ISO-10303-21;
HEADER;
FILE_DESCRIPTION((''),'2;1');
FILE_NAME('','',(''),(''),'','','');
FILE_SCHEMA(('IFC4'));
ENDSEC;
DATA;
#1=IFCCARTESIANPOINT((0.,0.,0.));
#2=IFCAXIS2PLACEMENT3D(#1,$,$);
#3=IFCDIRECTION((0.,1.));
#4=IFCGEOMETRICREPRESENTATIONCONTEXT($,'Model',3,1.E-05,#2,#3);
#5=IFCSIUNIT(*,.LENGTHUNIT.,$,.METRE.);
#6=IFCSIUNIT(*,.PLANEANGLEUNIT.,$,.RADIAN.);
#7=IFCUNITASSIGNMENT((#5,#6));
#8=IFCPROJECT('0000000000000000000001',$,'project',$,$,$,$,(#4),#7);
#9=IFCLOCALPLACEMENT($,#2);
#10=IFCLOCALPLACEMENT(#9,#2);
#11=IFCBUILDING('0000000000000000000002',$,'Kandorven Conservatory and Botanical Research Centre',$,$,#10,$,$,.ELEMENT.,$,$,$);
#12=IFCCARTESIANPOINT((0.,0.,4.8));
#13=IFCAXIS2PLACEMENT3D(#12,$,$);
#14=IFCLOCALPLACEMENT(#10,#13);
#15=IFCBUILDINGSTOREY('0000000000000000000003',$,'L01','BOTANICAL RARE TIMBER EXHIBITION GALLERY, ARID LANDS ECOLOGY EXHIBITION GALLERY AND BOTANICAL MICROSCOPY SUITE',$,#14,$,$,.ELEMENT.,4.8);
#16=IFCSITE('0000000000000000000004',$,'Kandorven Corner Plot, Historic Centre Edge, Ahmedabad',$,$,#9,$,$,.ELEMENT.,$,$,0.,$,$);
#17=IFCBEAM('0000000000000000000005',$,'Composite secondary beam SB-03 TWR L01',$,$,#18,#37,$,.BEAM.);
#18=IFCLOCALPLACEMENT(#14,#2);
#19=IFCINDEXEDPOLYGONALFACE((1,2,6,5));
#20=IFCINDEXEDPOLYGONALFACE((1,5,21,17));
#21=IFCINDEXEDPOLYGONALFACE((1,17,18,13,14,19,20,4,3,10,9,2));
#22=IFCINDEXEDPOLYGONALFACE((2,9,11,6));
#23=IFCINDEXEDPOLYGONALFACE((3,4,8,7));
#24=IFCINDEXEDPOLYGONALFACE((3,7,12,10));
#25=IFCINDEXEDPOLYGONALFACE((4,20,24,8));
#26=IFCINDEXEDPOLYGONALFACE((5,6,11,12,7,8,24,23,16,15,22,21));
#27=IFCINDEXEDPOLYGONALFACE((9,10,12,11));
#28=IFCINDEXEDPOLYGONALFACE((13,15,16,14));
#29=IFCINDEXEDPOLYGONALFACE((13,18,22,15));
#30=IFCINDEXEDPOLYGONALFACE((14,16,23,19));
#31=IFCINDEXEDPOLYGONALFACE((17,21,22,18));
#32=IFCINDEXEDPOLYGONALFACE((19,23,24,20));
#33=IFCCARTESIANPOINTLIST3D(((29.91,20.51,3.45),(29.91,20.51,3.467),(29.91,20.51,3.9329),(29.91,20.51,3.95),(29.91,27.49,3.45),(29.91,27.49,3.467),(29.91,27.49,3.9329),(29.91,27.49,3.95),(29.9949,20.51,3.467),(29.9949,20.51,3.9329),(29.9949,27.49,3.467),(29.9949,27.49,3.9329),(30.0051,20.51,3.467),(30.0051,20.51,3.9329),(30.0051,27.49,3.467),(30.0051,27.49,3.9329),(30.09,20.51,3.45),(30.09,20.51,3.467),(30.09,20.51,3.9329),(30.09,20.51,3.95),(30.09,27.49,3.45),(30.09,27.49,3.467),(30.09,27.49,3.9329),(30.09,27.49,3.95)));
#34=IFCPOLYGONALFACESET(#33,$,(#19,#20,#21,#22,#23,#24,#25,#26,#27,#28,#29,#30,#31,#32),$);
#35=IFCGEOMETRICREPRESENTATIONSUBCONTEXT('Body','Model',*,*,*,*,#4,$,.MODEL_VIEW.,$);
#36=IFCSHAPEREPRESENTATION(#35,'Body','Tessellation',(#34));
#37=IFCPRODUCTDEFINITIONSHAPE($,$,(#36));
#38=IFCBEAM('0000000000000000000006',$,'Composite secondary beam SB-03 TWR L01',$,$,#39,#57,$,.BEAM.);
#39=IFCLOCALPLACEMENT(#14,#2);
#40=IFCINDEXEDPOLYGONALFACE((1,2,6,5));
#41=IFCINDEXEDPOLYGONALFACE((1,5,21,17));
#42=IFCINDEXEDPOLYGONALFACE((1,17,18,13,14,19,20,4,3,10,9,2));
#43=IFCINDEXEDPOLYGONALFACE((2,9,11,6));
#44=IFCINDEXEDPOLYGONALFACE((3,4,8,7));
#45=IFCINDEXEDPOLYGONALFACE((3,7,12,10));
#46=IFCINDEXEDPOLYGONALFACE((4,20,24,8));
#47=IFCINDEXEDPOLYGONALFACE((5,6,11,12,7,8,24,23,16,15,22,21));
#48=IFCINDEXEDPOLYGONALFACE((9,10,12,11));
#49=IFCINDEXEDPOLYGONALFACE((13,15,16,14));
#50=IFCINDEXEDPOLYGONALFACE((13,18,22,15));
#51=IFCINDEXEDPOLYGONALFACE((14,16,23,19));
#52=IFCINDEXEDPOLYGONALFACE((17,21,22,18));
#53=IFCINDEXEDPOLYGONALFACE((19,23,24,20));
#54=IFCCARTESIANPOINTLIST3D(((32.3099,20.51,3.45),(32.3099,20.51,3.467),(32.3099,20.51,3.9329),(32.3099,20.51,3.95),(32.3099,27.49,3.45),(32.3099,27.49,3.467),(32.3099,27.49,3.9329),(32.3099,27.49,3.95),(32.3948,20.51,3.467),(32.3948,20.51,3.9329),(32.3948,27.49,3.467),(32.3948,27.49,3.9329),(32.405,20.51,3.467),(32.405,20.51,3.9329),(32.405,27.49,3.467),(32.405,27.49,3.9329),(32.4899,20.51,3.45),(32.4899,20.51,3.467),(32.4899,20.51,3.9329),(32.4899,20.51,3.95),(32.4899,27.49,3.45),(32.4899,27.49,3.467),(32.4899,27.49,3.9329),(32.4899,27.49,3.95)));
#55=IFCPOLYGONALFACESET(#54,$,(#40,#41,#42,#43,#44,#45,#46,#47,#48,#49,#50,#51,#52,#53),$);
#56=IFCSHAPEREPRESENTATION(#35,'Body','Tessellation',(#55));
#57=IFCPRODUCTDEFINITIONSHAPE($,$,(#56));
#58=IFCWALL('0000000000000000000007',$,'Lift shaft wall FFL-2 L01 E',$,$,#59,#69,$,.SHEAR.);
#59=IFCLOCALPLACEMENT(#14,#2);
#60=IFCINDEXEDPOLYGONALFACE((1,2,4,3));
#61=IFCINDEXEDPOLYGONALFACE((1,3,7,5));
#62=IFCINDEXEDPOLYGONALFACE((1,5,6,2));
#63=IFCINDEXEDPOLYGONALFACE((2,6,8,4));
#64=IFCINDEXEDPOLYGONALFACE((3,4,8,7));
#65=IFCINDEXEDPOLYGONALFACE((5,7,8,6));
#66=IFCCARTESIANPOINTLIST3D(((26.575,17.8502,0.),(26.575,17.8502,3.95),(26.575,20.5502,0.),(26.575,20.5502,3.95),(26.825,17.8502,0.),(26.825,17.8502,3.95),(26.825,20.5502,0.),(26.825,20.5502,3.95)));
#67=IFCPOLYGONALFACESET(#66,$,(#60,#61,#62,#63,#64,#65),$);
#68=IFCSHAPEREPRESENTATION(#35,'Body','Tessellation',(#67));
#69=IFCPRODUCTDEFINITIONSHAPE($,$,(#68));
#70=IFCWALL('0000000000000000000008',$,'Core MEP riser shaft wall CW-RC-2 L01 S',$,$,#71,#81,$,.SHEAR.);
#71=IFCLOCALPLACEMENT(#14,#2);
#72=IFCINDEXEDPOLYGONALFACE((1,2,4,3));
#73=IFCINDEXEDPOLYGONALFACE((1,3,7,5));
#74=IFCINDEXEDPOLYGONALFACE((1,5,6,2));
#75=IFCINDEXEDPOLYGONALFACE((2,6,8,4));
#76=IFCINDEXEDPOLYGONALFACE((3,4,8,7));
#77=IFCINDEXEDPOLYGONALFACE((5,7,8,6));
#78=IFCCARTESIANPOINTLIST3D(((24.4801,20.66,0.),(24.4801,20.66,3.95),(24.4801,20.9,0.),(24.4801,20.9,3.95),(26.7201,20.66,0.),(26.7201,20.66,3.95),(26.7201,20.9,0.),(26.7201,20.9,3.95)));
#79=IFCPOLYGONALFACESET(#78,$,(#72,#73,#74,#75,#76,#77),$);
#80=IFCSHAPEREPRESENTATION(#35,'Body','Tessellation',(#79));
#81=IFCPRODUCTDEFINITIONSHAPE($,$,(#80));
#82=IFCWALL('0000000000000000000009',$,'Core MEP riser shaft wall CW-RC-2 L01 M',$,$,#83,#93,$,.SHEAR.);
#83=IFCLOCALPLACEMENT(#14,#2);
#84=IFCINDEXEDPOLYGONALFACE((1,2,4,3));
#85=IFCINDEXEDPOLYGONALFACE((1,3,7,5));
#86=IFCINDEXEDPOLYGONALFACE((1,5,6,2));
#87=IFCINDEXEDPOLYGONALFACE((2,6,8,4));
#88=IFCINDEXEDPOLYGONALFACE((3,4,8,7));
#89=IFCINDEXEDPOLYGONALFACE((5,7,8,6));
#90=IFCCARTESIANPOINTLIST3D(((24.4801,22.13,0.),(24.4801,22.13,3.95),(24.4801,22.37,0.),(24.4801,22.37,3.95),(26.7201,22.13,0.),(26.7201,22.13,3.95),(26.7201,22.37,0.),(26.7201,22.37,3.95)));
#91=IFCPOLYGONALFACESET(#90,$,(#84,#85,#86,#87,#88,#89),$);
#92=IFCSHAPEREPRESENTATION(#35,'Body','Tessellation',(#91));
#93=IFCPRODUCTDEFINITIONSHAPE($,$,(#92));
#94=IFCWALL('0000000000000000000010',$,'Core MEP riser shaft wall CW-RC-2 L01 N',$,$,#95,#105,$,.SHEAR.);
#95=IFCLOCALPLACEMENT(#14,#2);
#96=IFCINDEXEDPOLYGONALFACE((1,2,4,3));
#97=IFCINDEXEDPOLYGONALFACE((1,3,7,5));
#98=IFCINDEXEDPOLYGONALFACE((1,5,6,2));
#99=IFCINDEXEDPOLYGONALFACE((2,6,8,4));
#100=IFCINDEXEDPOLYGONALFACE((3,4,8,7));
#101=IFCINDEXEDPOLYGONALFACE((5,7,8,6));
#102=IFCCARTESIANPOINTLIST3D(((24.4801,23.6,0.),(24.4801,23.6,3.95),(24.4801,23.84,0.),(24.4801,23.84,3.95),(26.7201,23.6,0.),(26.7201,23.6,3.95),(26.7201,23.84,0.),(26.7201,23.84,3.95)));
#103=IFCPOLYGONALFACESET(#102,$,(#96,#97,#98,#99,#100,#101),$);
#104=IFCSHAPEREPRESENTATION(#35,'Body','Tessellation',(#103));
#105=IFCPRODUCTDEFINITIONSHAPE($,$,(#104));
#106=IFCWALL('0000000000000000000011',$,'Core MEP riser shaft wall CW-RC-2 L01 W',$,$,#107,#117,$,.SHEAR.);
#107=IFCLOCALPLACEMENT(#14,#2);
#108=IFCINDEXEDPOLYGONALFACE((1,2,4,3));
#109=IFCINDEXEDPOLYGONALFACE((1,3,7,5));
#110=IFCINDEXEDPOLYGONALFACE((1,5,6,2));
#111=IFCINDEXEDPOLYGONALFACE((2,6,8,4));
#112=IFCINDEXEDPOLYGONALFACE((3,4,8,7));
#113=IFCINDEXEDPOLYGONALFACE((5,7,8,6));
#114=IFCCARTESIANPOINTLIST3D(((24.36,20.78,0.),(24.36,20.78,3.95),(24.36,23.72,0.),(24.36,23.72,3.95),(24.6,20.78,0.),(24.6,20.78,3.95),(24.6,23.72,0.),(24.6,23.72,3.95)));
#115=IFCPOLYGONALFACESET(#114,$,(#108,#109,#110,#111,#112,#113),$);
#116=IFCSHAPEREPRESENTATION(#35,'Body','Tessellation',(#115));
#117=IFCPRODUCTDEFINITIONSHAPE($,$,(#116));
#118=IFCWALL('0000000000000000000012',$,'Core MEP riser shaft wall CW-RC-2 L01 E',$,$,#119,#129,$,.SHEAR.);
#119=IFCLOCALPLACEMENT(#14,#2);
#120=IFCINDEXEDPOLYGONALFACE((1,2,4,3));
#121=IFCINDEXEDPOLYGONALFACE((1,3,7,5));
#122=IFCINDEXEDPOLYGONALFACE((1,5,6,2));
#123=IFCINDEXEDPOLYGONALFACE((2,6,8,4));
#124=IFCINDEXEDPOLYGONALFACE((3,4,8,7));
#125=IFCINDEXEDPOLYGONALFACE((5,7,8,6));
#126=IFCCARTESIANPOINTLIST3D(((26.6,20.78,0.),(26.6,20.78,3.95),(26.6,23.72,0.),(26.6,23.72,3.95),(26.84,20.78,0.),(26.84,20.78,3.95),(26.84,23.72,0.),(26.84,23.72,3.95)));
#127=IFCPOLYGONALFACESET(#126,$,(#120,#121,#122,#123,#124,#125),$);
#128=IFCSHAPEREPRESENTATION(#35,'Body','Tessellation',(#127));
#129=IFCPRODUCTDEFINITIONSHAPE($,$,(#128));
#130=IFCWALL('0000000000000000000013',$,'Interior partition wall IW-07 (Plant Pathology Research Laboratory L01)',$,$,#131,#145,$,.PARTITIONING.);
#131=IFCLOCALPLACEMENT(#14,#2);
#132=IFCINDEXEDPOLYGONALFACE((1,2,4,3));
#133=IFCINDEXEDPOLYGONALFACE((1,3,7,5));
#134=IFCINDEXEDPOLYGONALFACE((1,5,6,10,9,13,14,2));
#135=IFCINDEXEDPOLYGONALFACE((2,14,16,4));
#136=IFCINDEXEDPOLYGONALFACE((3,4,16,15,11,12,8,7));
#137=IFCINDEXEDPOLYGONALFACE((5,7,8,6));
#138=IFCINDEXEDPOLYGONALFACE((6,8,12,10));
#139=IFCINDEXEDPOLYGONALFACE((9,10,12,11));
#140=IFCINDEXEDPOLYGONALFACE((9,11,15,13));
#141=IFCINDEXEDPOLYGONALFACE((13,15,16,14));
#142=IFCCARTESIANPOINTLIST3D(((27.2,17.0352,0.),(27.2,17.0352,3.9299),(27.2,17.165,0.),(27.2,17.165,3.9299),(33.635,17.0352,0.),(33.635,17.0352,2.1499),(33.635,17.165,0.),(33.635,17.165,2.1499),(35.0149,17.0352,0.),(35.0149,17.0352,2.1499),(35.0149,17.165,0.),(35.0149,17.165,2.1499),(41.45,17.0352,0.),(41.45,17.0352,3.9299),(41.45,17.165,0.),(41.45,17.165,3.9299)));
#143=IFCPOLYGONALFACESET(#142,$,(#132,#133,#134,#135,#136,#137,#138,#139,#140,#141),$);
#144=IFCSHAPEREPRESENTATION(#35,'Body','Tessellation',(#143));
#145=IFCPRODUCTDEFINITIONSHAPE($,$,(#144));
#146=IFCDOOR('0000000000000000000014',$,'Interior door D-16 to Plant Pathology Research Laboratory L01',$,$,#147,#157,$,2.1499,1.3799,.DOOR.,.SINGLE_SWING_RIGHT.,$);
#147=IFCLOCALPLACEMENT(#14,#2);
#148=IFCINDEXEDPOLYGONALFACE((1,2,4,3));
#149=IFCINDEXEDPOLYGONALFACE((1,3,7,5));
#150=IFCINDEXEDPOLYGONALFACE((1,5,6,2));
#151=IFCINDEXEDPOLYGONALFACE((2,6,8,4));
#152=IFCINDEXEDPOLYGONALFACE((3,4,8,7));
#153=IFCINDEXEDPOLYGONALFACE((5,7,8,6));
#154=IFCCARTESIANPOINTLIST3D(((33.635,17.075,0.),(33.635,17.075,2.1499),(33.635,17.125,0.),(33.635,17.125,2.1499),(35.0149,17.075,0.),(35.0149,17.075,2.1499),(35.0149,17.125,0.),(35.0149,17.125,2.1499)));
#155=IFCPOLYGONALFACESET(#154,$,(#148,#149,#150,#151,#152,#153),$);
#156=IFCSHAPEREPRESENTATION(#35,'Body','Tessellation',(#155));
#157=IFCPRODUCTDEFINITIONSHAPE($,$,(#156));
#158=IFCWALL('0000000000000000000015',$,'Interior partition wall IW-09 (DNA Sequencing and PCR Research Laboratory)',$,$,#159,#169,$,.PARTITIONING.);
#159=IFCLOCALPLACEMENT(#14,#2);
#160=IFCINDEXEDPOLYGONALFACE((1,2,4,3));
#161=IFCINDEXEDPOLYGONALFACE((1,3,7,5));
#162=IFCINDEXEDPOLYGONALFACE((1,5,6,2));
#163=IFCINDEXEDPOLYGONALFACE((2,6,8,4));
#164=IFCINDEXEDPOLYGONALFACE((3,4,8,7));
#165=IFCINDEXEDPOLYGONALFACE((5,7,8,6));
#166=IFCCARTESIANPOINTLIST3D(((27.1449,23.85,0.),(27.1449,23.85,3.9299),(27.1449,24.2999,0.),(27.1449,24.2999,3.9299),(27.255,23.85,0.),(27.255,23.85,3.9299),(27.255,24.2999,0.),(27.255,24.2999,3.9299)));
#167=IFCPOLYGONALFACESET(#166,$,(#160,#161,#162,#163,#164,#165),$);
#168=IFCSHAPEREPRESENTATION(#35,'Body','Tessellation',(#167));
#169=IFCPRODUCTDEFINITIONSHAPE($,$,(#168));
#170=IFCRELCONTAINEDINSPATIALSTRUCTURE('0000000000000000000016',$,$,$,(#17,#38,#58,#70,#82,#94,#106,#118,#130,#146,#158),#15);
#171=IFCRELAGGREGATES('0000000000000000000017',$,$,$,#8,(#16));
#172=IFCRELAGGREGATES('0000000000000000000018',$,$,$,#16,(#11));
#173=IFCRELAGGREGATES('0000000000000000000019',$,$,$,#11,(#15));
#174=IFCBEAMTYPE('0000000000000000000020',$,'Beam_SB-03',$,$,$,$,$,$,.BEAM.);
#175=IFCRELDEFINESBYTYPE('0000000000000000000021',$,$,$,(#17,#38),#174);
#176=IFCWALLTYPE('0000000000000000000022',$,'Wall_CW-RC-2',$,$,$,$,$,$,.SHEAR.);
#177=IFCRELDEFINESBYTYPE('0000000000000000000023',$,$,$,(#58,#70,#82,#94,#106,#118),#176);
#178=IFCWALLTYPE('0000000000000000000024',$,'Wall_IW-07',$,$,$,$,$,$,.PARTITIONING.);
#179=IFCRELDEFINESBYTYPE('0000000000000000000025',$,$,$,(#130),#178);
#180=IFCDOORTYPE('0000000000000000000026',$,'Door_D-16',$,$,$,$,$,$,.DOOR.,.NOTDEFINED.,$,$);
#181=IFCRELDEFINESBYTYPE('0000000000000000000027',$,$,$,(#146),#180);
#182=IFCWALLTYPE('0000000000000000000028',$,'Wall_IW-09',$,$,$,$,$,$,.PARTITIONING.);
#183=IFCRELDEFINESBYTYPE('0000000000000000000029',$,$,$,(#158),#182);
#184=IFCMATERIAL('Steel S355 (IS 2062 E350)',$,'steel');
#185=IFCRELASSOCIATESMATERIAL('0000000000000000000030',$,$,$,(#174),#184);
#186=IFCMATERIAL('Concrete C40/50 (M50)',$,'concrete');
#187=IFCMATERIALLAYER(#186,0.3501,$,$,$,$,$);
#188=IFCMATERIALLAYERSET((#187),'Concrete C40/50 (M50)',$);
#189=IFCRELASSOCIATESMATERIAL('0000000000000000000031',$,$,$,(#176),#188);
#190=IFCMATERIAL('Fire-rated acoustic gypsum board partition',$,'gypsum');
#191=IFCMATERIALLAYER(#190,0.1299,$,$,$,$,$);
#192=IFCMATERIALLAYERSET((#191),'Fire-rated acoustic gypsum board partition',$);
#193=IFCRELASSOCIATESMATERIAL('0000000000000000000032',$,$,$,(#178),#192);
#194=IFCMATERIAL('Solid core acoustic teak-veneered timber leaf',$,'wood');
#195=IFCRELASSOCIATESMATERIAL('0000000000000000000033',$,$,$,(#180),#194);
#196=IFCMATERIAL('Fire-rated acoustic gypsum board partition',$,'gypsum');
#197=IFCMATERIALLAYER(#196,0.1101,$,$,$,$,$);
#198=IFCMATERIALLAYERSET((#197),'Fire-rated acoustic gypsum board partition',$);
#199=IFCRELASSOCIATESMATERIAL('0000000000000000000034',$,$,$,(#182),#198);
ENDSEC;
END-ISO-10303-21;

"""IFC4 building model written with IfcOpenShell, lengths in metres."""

from ifc_helpers import new_model, si_unit, direction, frame, frame_2d, origin, origin_2d, place, context, subcontext, project, spatial, rectangle, i_section, extrude, material, layer, layer_set, material_profile, profile_set, type_object, element, fill, save


model = new_model("IFC4")

# Units and contexts
model_context = context("Model", 3, precision=1e-05, world=origin(), true_north=direction((0.0, 1.0)))
body_context = subcontext(model_context, "Body", "Model", "MODEL_VIEW")
ifc_project = project(units=[si_unit("LENGTHUNIT", "METRE"), si_unit("PLANEANGLEUNIT", "RADIAN")], contexts=[model_context])

# Site, building, storey
site_placement = place(None, origin())
site = spatial("IfcSite", under=ifc_project, at=site_placement, Name="Kandorven Corner Plot, Historic Centre Edge, Ahmedabad", CompositionType="ELEMENT", RefElevation=0.0)
building_placement = place(site_placement, origin())
building = spatial("IfcBuilding", under=site, at=building_placement, Name="Kandorven Conservatory and Botanical Research Centre", CompositionType="ELEMENT")
storey_placement = place(building_placement, frame((0.0, 0.0, 4.8)))
storey = spatial("IfcBuildingStorey", under=building, at=storey_placement, Name="L01", Description="BOTANICAL RARE TIMBER EXHIBITION GALLERY, ARID LANDS ECOLOGY EXHIBITION GALLERY AND BOTANICAL MICROSCOPY SUITE", CompositionType="ELEMENT", Elevation=4.8)

# Beams
ifc_material_1 = material(Name="Steel S355 (IS 2062 E350)", Category="steel")
ifc_material_profile_1 = material_profile(ifc_material_1, i_section(OverallWidth=0.1799, OverallDepth=0.5, WebThickness=0.0103, FlangeThickness=0.0171, at=origin_2d()))
ifc_profile_set_1 = profile_set([ifc_material_profile_1], Name="Steel S355 (IS 2062 E350)")
beam_type_1 = type_object("IfcBeamType", Name="Beam_SB-03", PredefinedType="BEAM", material=ifc_profile_set_1)
for number, where, z_axis, x_axis, name in (
    (1, (30.0, 20.51, 3.7), (0.0, 1.0, 0.0), (-1.0, 0.0, 0.0), "Composite secondary beam SB-03 TWR L01"),
    (2, (32.3999, 20.51, 3.7), (0.0, 1.0, 0.0), (-1.0, 0.0, 0.0), "Composite secondary beam SB-03 TWR L01"),
):
    element("IfcBeam", number, at=place(storey_placement, frame(where, z_axis=z_axis, x_axis=x_axis)), inside=storey, type_object=beam_type_1, Name=name, PredefinedType="BEAM", context=body_context, shape_type="SweptSolid", body=[
        extrude(i_section(OverallWidth=0.1799, OverallDepth=0.5, WebThickness=0.0103, FlangeThickness=0.0171, at=origin_2d()), origin(), (0.0, 0.0, 1.0), 6.98),
    ])

# Walls
ifc_material_2 = material(Name="Concrete C40/50 (M50)", Category="concrete")
ifc_layer_1 = layer(ifc_material_2, 0.3501)
ifc_layer_set_1 = layer_set([ifc_layer_1], Name="Concrete C40/50 (M50)")
wall_type_1 = type_object("IfcWallType", Name="Wall_CW-RC-2", PredefinedType="SHEAR", material=ifc_layer_set_1)
wall_1_placement = place(storey_placement, frame((26.7, 17.8501, 0.0), z_axis=(0.0, 0.0, 1.0), x_axis=(0.0, 1.0, 0.0)))
element("IfcWall", 3, at=wall_1_placement, inside=storey, type_object=wall_type_1, Name="Lift shaft wall FFL-2 L01 E", PredefinedType="SHEAR", context=body_context, shape_type="SweptSolid", body=[
    extrude(rectangle(XDim=2.7, YDim=0.25, at=frame_2d((1.3501, 0.0))), origin(), (0.0, 0.0, 1.0), 3.95),
])
for number, where, z_axis, x_axis, name in (
    (4, (24.48, 20.78, 0.0), (0.0, 0.0, 1.0), (1.0, 0.0, 0.0), "Core MEP riser shaft wall CW-RC-2 L01 S"),
    (5, (24.48, 22.25, 0.0), (0.0, 0.0, 1.0), (1.0, 0.0, 0.0), "Core MEP riser shaft wall CW-RC-2 L01 M"),
    (6, (24.48, 23.72, 0.0), (0.0, 0.0, 1.0), (1.0, 0.0, 0.0), "Core MEP riser shaft wall CW-RC-2 L01 N"),
):
    element("IfcWall", number, at=place(storey_placement, frame(where, z_axis=z_axis, x_axis=x_axis)), inside=storey, type_object=wall_type_1, Name=name, PredefinedType="SHEAR", context=body_context, shape_type="SweptSolid", body=[
        extrude(rectangle(XDim=2.24, YDim=0.24, at=frame_2d((1.1201, 0.0))), origin(), (0.0, 0.0, 1.0), 3.95),
    ])
for number, where, z_axis, x_axis, name in (
    (7, (24.48, 20.78, 0.0), (0.0, 0.0, 1.0), (0.0, 1.0, 0.0), "Core MEP riser shaft wall CW-RC-2 L01 W"),
    (8, (26.72, 20.78, 0.0), (0.0, 0.0, 1.0), (0.0, 1.0, 0.0), "Core MEP riser shaft wall CW-RC-2 L01 E"),
):
    element("IfcWall", number, at=place(storey_placement, frame(where, z_axis=z_axis, x_axis=x_axis)), inside=storey, type_object=wall_type_1, Name=name, PredefinedType="SHEAR", context=body_context, shape_type="SweptSolid", body=[
        extrude(rectangle(XDim=2.9399, YDim=0.24, at=frame_2d((1.47, 0.0))), origin(), (0.0, 0.0, 1.0), 3.95),
    ])

# Wall, opening, door
ifc_material_3 = material(Name="Fire-rated acoustic gypsum board partition", Category="gypsum")
ifc_layer_2 = layer(ifc_material_3, 0.1299)
ifc_layer_set_2 = layer_set([ifc_layer_2], Name="Fire-rated acoustic gypsum board partition")
wall_type_2 = type_object("IfcWallType", Name="Wall_IW-07", PredefinedType="PARTITIONING", material=ifc_layer_set_2)
wall_2_placement = place(storey_placement, frame((27.2, 17.1001, 0.0), z_axis=(0.0, 0.0, 1.0), x_axis=(1.0, 0.0, 0.0)))
wall_2 = element("IfcWall", 9, at=wall_2_placement, inside=storey, type_object=wall_type_2, Name="Interior partition wall IW-07 (Plant Pathology Research Laboratory L01)", PredefinedType="PARTITIONING", context=body_context, shape_type="SweptSolid", body=[
    extrude(rectangle(XDim=14.25, YDim=0.1299, at=frame_2d((7.125, 0.0))), origin(), (0.0, 0.0, 1.0), 3.9299),
])
opening_1_placement = place(wall_2_placement, frame((6.4351, 0.0, 0.0)))
opening_1 = element("IfcOpeningElement", 10, at=opening_1_placement, cuts=wall_2, PredefinedType="OPENING", context=body_context, shape_type="SweptSolid", body=[
    extrude(rectangle(XDim=1.3799, YDim=2.1499, at=frame_2d((0.6899, 1.075))), frame((0.0, 0.075, 0.0), z_axis=(0.0, -1.0, 0.0), x_axis=(1.0, 0.0, 0.0)), (0.0, 0.0, 1.0), 0.1499),
])
ifc_material_4 = material(Name="Solid core acoustic teak-veneered timber leaf", Category="wood")
door_type_1 = type_object("IfcDoorType", Name="Door_D-16", OperationType="NOTDEFINED", PredefinedType="DOOR", material=ifc_material_4)
door_1_placement = place(opening_1_placement, origin())
door_1 = element("IfcDoor", 11, at=door_1_placement, inside=storey, type_object=door_type_1, Name="Interior door D-16 to Plant Pathology Research Laboratory L01", OperationType="SINGLE_SWING_RIGHT", OverallHeight=2.1499, OverallWidth=1.3799, PredefinedType="DOOR", context=body_context, shape_type="SweptSolid", body=[
    extrude(rectangle(XDim=1.3799, YDim=2.1499, at=frame_2d((0.6899, 1.075))), frame((0.0, 0.0249, 0.0), z_axis=(0.0, -1.0, 0.0), x_axis=(1.0, 0.0, 0.0)), (0.0, 0.0, 1.0), 0.05),
])
fill(opening_1, door_1)

# Wall
ifc_material_5 = material(Name="Fire-rated acoustic gypsum board partition", Category="gypsum")
ifc_layer_3 = layer(ifc_material_5, 0.1101)
ifc_layer_set_3 = layer_set([ifc_layer_3], Name="Fire-rated acoustic gypsum board partition")
wall_type_3 = type_object("IfcWallType", Name="Wall_IW-09", PredefinedType="PARTITIONING", material=ifc_layer_set_3)
wall_3_placement = place(storey_placement, frame((27.2, 24.3, 0.0), z_axis=(0.0, 0.0, 1.0), x_axis=(0.0, -1.0, 0.0)))
element("IfcWall", 12, at=wall_3_placement, inside=storey, type_object=wall_type_3, Name="Interior partition wall IW-09 (DNA Sequencing and PCR Research Laboratory)", PredefinedType="PARTITIONING", context=body_context, shape_type="SweptSolid", body=[
    extrude(rectangle(XDim=0.45, YDim=0.1101, at=frame_2d((0.2251, 0.0))), origin(), (0.0, 0.0, 1.0), 3.9299),
])

save(model, "model.ifc")
